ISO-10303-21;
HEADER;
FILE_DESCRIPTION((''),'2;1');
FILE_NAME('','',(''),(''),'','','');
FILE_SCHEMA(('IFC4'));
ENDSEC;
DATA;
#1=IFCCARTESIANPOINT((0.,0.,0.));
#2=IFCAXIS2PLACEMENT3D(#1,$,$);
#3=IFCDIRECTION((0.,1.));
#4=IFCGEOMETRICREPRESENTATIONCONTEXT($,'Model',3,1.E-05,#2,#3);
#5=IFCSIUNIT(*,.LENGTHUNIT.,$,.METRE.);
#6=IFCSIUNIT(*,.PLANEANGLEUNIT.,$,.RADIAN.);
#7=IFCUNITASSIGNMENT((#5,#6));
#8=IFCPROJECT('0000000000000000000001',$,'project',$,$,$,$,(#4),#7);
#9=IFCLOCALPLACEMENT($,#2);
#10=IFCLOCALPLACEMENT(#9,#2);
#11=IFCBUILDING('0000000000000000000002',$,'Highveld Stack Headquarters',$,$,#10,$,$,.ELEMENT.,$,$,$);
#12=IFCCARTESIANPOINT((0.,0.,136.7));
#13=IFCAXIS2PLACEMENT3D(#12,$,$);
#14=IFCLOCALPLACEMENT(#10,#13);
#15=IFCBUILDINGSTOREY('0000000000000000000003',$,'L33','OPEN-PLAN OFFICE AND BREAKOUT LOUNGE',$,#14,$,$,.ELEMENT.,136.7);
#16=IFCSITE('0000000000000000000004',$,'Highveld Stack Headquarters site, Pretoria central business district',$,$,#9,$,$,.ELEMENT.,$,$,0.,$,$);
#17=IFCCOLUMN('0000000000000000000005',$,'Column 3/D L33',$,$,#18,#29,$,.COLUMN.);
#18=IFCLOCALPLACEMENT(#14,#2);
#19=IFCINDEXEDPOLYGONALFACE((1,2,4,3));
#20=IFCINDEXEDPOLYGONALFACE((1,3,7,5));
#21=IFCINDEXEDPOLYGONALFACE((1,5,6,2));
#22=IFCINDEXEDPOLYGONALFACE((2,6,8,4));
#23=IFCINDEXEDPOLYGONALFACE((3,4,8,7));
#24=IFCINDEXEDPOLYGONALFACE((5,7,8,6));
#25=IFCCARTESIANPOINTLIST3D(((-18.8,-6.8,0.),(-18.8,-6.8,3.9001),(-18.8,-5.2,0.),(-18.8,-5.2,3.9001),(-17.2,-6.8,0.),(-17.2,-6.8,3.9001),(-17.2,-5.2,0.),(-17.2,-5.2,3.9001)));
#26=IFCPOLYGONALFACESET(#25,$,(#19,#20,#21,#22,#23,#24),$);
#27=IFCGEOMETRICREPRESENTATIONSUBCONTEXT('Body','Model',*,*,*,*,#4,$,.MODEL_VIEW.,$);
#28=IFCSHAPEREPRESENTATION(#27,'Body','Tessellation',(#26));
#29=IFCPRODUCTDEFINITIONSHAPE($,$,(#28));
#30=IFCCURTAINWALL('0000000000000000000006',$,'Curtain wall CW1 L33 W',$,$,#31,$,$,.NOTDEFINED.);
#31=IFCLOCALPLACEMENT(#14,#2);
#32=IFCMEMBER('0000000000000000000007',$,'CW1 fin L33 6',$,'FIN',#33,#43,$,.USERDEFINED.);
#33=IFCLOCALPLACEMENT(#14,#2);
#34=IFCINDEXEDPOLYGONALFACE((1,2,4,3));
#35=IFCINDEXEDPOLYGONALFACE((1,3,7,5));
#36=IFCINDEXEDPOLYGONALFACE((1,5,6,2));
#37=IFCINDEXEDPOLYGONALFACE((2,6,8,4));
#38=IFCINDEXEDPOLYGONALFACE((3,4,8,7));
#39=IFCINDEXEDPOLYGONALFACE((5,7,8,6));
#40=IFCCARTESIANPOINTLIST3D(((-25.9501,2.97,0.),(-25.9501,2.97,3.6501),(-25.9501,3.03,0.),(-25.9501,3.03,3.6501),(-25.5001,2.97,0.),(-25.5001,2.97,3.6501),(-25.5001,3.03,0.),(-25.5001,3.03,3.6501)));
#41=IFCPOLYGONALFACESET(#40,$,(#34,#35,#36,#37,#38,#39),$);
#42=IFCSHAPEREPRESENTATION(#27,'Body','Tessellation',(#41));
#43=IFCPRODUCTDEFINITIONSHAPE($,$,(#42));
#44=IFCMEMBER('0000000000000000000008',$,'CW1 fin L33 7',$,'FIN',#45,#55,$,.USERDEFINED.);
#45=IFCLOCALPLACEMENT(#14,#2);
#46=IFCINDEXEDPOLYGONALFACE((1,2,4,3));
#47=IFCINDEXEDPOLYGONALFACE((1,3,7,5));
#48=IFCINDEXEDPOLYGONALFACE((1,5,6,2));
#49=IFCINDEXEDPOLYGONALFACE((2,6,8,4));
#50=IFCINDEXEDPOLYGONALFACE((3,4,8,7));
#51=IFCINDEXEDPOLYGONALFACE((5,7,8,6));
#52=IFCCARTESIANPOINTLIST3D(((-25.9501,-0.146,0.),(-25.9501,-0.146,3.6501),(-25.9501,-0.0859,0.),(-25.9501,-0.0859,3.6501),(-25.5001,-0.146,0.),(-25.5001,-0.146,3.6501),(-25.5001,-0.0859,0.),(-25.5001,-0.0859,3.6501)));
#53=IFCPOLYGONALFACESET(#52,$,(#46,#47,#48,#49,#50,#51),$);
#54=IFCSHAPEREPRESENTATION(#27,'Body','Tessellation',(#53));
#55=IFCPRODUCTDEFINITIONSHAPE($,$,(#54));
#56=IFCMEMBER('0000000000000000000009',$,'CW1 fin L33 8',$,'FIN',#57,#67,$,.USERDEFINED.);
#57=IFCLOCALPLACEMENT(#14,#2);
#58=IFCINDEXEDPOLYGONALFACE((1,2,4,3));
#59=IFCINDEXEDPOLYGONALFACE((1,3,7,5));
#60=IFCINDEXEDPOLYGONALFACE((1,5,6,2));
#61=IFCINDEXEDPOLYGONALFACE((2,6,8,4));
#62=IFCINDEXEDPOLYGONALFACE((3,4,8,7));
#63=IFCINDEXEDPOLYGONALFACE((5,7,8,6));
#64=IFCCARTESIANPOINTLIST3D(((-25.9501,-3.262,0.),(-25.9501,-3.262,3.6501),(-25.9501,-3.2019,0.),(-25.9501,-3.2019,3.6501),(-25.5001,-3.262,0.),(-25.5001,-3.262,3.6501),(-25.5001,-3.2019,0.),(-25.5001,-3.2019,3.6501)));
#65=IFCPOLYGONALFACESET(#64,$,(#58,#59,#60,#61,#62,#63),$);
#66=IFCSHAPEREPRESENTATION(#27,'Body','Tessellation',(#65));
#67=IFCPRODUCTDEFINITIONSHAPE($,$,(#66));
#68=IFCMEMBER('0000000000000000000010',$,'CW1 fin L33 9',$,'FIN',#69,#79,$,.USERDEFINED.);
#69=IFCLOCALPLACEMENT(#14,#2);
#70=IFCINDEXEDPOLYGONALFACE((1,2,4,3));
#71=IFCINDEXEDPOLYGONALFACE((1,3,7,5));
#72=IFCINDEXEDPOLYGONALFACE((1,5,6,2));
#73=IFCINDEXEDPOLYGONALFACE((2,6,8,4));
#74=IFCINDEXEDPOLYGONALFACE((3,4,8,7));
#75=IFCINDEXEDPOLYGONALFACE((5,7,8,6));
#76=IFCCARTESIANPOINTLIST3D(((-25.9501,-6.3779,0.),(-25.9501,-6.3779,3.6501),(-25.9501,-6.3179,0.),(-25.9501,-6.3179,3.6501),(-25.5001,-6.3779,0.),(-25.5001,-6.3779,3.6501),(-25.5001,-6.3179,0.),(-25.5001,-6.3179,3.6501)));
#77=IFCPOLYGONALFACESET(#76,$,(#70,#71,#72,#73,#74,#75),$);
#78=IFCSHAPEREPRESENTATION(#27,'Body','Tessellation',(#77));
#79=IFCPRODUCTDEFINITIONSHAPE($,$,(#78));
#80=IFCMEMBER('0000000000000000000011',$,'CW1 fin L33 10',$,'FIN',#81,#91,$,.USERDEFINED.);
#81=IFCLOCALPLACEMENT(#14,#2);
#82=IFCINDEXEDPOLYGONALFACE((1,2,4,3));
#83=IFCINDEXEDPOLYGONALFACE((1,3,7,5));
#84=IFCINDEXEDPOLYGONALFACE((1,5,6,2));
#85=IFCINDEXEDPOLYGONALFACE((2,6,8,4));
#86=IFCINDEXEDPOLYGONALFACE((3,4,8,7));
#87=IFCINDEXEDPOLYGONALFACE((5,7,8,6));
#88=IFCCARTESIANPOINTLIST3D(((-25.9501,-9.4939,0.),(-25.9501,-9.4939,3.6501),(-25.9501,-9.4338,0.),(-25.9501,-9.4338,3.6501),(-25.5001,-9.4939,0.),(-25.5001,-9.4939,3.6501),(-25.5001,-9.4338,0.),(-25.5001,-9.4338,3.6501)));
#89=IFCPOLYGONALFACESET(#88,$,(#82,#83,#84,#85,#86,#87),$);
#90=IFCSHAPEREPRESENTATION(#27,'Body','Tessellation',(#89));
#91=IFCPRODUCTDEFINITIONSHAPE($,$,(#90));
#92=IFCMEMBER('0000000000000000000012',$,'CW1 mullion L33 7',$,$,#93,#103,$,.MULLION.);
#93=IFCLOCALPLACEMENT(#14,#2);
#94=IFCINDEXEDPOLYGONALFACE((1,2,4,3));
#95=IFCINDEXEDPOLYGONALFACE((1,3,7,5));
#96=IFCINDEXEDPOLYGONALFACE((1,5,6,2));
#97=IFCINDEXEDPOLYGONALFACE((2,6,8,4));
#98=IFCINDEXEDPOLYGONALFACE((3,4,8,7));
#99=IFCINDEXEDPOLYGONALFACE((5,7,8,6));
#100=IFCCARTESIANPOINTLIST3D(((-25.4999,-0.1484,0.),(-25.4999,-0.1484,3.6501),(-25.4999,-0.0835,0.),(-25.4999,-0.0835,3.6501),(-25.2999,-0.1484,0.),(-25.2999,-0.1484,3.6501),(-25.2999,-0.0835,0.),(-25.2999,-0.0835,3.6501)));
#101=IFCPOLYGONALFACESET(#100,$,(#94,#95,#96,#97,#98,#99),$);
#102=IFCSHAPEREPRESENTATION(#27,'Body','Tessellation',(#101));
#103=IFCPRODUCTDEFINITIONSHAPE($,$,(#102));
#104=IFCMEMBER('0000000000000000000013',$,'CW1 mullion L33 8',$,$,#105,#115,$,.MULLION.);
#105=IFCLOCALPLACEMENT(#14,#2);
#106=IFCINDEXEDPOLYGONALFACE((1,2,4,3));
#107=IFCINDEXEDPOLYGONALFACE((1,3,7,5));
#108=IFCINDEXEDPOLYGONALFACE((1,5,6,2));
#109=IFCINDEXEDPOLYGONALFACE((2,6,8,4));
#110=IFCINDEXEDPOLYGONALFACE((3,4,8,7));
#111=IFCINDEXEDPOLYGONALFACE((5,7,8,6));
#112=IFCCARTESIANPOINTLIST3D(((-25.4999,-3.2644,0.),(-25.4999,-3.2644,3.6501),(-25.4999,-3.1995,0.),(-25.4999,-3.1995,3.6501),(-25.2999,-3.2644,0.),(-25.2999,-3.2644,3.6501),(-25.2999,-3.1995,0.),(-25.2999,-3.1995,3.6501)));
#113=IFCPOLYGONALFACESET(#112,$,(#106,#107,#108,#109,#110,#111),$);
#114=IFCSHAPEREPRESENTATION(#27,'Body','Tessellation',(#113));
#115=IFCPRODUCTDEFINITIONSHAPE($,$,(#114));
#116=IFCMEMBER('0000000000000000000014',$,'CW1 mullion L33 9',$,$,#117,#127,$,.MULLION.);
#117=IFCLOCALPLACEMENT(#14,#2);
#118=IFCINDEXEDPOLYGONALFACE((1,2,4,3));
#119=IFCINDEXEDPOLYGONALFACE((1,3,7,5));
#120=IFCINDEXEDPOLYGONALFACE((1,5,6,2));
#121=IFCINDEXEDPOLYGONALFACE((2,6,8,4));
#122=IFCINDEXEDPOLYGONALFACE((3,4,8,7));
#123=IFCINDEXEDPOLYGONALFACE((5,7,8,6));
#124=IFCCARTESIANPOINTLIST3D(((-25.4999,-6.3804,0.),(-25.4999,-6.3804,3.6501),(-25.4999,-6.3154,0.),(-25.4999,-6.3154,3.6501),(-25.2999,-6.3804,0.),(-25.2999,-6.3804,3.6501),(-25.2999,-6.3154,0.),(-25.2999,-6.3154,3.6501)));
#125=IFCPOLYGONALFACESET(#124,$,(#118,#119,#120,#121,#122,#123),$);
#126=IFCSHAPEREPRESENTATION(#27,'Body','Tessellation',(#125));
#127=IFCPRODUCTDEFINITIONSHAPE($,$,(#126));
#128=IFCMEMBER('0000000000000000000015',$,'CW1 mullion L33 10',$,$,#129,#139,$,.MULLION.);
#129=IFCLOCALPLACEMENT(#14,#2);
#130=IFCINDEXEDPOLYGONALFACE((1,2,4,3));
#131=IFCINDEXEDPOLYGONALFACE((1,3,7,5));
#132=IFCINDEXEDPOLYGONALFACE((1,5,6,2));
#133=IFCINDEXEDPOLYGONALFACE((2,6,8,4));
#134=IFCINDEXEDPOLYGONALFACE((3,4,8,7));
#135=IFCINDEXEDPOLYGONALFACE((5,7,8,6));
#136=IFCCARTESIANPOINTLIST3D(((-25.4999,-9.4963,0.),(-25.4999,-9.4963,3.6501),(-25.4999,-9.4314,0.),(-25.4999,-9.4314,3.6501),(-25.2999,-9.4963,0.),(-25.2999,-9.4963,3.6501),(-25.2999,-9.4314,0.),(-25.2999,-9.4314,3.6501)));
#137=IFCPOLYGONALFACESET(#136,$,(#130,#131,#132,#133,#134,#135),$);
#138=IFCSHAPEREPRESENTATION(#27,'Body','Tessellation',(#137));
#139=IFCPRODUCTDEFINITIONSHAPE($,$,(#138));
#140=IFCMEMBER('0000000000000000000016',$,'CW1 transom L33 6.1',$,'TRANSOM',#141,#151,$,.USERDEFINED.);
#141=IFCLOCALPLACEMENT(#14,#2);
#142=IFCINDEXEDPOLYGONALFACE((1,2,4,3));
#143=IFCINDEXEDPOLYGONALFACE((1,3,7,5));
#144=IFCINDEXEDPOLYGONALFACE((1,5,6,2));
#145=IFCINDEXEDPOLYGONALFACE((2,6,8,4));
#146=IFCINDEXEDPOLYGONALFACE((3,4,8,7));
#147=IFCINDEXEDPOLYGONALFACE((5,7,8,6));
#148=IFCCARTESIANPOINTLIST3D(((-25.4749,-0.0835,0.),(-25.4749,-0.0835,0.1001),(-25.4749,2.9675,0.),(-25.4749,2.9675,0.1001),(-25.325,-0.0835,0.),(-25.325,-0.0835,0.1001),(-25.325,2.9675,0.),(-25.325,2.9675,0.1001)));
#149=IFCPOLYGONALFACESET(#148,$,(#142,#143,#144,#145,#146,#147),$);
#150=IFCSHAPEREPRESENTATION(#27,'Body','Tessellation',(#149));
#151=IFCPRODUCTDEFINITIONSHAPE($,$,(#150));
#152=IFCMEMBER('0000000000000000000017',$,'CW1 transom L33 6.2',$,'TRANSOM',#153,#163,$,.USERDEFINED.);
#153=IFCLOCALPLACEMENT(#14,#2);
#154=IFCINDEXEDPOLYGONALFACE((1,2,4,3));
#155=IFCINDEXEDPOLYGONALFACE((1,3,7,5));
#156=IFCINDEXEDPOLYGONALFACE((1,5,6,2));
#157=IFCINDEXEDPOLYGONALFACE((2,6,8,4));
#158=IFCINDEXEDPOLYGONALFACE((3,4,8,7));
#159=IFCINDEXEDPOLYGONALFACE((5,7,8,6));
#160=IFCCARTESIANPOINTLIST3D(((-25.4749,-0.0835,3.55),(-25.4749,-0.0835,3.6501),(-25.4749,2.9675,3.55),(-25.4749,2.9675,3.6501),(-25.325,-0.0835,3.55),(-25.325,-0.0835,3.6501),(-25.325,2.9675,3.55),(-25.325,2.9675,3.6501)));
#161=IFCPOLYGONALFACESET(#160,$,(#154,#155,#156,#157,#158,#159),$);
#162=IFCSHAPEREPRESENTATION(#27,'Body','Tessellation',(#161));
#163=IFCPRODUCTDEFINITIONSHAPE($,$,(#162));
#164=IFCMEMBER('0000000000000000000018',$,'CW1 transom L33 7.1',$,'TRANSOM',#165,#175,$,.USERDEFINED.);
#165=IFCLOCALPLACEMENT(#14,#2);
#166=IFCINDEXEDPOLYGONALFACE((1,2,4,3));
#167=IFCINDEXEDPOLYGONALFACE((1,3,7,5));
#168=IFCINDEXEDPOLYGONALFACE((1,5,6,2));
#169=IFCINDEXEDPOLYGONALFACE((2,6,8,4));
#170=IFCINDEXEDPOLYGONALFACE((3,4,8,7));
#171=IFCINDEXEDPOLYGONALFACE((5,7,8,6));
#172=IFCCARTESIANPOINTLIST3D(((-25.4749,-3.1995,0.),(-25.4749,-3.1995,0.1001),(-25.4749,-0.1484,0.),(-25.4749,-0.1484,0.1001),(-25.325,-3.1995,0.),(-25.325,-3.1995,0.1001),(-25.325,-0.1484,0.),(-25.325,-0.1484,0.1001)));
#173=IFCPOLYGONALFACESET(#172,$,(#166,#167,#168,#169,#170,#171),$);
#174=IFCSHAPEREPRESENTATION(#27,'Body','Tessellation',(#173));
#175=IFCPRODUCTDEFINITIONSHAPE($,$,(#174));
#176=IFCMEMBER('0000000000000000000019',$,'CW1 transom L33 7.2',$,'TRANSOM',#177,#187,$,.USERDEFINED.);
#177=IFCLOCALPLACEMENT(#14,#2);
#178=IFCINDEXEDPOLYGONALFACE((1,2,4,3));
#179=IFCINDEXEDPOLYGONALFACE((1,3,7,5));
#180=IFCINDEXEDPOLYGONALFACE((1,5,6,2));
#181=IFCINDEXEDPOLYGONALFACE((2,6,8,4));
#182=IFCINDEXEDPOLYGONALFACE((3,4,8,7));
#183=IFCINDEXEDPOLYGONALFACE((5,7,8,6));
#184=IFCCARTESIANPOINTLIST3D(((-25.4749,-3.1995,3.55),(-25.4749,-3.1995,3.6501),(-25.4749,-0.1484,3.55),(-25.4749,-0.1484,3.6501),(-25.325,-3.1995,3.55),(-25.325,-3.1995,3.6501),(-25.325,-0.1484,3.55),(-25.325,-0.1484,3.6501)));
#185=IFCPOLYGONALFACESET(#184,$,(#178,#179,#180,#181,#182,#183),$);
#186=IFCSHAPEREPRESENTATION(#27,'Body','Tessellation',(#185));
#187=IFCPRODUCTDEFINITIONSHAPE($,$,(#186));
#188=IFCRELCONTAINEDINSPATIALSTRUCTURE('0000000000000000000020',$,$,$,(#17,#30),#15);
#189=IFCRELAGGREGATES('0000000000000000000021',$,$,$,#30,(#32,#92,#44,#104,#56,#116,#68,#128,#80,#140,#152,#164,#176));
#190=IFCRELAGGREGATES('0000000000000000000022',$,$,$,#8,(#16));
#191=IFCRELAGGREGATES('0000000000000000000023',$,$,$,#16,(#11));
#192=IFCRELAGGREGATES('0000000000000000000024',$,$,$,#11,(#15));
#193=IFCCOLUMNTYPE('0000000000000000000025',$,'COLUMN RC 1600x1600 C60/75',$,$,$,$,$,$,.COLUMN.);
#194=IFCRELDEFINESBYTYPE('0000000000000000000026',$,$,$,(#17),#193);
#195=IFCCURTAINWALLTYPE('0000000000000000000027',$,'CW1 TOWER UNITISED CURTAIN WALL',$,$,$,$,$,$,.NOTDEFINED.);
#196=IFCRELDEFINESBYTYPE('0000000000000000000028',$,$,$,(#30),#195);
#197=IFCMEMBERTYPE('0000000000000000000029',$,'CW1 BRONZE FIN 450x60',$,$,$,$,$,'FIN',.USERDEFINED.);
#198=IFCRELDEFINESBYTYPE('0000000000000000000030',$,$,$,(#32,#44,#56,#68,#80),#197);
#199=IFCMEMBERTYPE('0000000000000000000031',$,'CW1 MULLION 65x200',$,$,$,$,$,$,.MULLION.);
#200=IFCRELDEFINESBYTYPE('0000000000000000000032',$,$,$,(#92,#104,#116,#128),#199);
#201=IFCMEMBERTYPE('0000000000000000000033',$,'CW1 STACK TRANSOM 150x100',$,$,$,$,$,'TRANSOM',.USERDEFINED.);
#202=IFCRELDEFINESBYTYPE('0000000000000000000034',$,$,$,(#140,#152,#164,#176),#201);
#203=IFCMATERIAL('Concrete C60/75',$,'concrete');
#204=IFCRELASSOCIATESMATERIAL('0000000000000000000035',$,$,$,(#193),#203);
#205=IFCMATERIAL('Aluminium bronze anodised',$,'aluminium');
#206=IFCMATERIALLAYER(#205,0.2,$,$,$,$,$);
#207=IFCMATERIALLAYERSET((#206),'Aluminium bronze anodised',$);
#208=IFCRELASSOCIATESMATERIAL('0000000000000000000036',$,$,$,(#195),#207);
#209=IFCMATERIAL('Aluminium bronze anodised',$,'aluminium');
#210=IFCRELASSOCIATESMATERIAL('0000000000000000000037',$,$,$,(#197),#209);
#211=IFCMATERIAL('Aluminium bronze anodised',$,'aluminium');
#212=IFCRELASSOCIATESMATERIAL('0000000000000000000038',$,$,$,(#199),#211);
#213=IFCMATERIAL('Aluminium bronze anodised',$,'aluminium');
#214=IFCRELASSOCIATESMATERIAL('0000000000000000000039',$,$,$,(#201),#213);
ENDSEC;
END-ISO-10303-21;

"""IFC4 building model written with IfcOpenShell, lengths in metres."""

from ifc_helpers import new_model, si_unit, direction, frame, origin, origin_2d, place, context, subcontext, project, spatial, rectangle, extrude, material, layer, layer_set, material_profile, profile_set, type_object, element, aggregate, save


model = new_model("IFC4")

# Units and contexts
model_context = context("Model", 3, precision=1e-05, world=origin(), true_north=direction((0.0, 1.0)))
body_context = subcontext(model_context, "Body", "Model", "MODEL_VIEW")
ifc_project = project(units=[si_unit("LENGTHUNIT", "METRE"), si_unit("PLANEANGLEUNIT", "RADIAN")], contexts=[model_context])

# Site, building, storey
site_placement = place(None, origin())
site = spatial("IfcSite", under=ifc_project, at=site_placement, Name="Highveld Stack Headquarters site, Pretoria central business district", CompositionType="ELEMENT", RefElevation=0.0)
building_placement = place(site_placement, origin())
building = spatial("IfcBuilding", under=site, at=building_placement, Name="Highveld Stack Headquarters", CompositionType="ELEMENT")
storey_placement = place(building_placement, frame((0.0, 0.0, 136.7)))
storey = spatial("IfcBuildingStorey", under=building, at=storey_placement, Name="L33", Description="OPEN-PLAN OFFICE AND BREAKOUT LOUNGE", CompositionType="ELEMENT", Elevation=136.7)

# Column
ifc_material_1 = material(Name="Concrete C60/75", Category="concrete")
ifc_material_profile_1 = material_profile(ifc_material_1, rectangle(XDim=1.6001, YDim=1.6001, at=origin_2d()), Name="RC 1600x1600")
ifc_profile_set_1 = profile_set([ifc_material_profile_1], Name="Concrete C60/75")
column_type = type_object("IfcColumnType", Name="COLUMN RC 1600x1600 C60/75", PredefinedType="COLUMN", material=ifc_profile_set_1)
column_placement = place(storey_placement, frame((-18.0, -6.0, 0.0), z_axis=(0.0, 0.0, 1.0), x_axis=(1.0, 0.0, 0.0)))
element("IfcColumn", 1, at=column_placement, inside=storey, type_object=column_type, Name="Column 3/D L33", PredefinedType="COLUMN", context=body_context, shape_type="SweptSolid", body=[
    extrude(rectangle(XDim=1.6001, YDim=1.6001, at=origin_2d()), origin(), (0.0, 0.0, 1.0), 3.9001),
])

# Curtain wall, members
ifc_material_2 = material(Name="Aluminium bronze anodised", Category="aluminium")
ifc_layer_1 = layer(ifc_material_2, 0.2)
ifc_layer_set_1 = layer_set([ifc_layer_1], Name="Aluminium bronze anodised")
curtain_wall_type = type_object("IfcCurtainWallType", Name="CW1 TOWER UNITISED CURTAIN WALL", PredefinedType="NOTDEFINED", material=ifc_layer_set_1)
curtain_wall_placement = place(storey_placement, origin())
curtain_wall = element("IfcCurtainWall", 2, at=curtain_wall_placement, inside=storey, type_object=curtain_wall_type, Name="Curtain wall CW1 L33 W", PredefinedType="NOTDEFINED")
ifc_material_3 = material(Name="Aluminium bronze anodised", Category="aluminium")
ifc_material_profile_2 = material_profile(ifc_material_3, rectangle(XDim=0.45, YDim=0.0601, at=origin_2d()), Name="FIN 450x60")
ifc_profile_set_2 = profile_set([ifc_material_profile_2], Name="Aluminium bronze anodised")
member_type_1 = type_object("IfcMemberType", Name="CW1 BRONZE FIN 450x60", ElementType="FIN", PredefinedType="USERDEFINED", material=ifc_profile_set_2)
member_1_placement = place(storey_placement, frame((-25.7251, 3.0, 0.0), z_axis=(0.0, 0.0, 1.0), x_axis=(1.0, 0.0, 0.0)))
member_1 = element("IfcMember", 3, at=member_1_placement, type_object=member_type_1, Name="CW1 fin L33 6", ObjectType="FIN", PredefinedType="USERDEFINED", context=body_context, shape_type="SweptSolid", body=[
    extrude(rectangle(XDim=0.45, YDim=0.0601, at=origin_2d()), origin(), (0.0, 0.0, 1.0), 3.6501),
])
member_2_placement = place(storey_placement, frame((-25.7251, -0.116, 0.0), z_axis=(0.0, 0.0, 1.0), x_axis=(1.0, 0.0, 0.0)))
member_2 = element("IfcMember", 4, at=member_2_placement, type_object=member_type_1, Name="CW1 fin L33 7", ObjectType="FIN", PredefinedType="USERDEFINED", context=body_context, shape_type="SweptSolid", body=[
    extrude(rectangle(XDim=0.45, YDim=0.0601, at=origin_2d()), origin(), (0.0, 0.0, 1.0), 3.6501),
])
member_3_placement = place(storey_placement, frame((-25.7251, -3.2319, 0.0), z_axis=(0.0, 0.0, 1.0), x_axis=(1.0, 0.0, 0.0)))
member_3 = element("IfcMember", 5, at=member_3_placement, type_object=member_type_1, Name="CW1 fin L33 8", ObjectType="FIN", PredefinedType="USERDEFINED", context=body_context, shape_type="SweptSolid", body=[
    extrude(rectangle(XDim=0.45, YDim=0.0601, at=origin_2d()), origin(), (0.0, 0.0, 1.0), 3.6501),
])
member_4_placement = place(storey_placement, frame((-25.7251, -6.3479, 0.0), z_axis=(0.0, 0.0, 1.0), x_axis=(1.0, 0.0, 0.0)))
member_4 = element("IfcMember", 6, at=member_4_placement, type_object=member_type_1, Name="CW1 fin L33 9", ObjectType="FIN", PredefinedType="USERDEFINED", context=body_context, shape_type="SweptSolid", body=[
    extrude(rectangle(XDim=0.45, YDim=0.0601, at=origin_2d()), origin(), (0.0, 0.0, 1.0), 3.6501),
])
member_5_placement = place(storey_placement, frame((-25.7251, -9.4639, 0.0), z_axis=(0.0, 0.0, 1.0), x_axis=(1.0, 0.0, 0.0)))
member_5 = element("IfcMember", 7, at=member_5_placement, type_object=member_type_1, Name="CW1 fin L33 10", ObjectType="FIN", PredefinedType="USERDEFINED", context=body_context, shape_type="SweptSolid", body=[
    extrude(rectangle(XDim=0.45, YDim=0.0601, at=origin_2d()), origin(), (0.0, 0.0, 1.0), 3.6501),
])
ifc_material_4 = material(Name="Aluminium bronze anodised", Category="aluminium")
ifc_material_profile_3 = material_profile(ifc_material_4, rectangle(XDim=0.2, YDim=0.0649, at=origin_2d()), Name="CW1 MULLION 65x200")
ifc_profile_set_3 = profile_set([ifc_material_profile_3], Name="Aluminium bronze anodised")
member_type_2 = type_object("IfcMemberType", Name="CW1 MULLION 65x200", PredefinedType="MULLION", material=ifc_profile_set_3)
member_6_placement = place(storey_placement, frame((-25.3999, -0.116, 0.0), z_axis=(0.0, 0.0, 1.0), x_axis=(1.0, 0.0, 0.0)))
member_6 = element("IfcMember", 8, at=member_6_placement, type_object=member_type_2, Name="CW1 mullion L33 7", PredefinedType="MULLION", context=body_context, shape_type="SweptSolid", body=[
    extrude(rectangle(XDim=0.2, YDim=0.0649, at=origin_2d()), origin(), (0.0, 0.0, 1.0), 3.6501),
])
member_7_placement = place(storey_placement, frame((-25.3999, -3.2319, 0.0), z_axis=(0.0, 0.0, 1.0), x_axis=(1.0, 0.0, 0.0)))
member_7 = element("IfcMember", 9, at=member_7_placement, type_object=member_type_2, Name="CW1 mullion L33 8", PredefinedType="MULLION", context=body_context, shape_type="SweptSolid", body=[
    extrude(rectangle(XDim=0.2, YDim=0.0649, at=origin_2d()), origin(), (0.0, 0.0, 1.0), 3.6501),
])
member_8_placement = place(storey_placement, frame((-25.3999, -6.3479, 0.0), z_axis=(0.0, 0.0, 1.0), x_axis=(1.0, 0.0, 0.0)))
member_8 = element("IfcMember", 10, at=member_8_placement, type_object=member_type_2, Name="CW1 mullion L33 9", PredefinedType="MULLION", context=body_context, shape_type="SweptSolid", body=[
    extrude(rectangle(XDim=0.2, YDim=0.0649, at=origin_2d()), origin(), (0.0, 0.0, 1.0), 3.6501),
])
member_9_placement = place(storey_placement, frame((-25.3999, -9.4639, 0.0), z_axis=(0.0, 0.0, 1.0), x_axis=(1.0, 0.0, 0.0)))
member_9 = element("IfcMember", 11, at=member_9_placement, type_object=member_type_2, Name="CW1 mullion L33 10", PredefinedType="MULLION", context=body_context, shape_type="SweptSolid", body=[
    extrude(rectangle(XDim=0.2, YDim=0.0649, at=origin_2d()), origin(), (0.0, 0.0, 1.0), 3.6501),
])
ifc_material_5 = material(Name="Aluminium bronze anodised", Category="aluminium")
ifc_material_profile_4 = material_profile(ifc_material_5, rectangle(XDim=0.1499, YDim=0.1001, at=origin_2d()), Name="CW1 TRANSOM 150x100")
ifc_profile_set_4 = profile_set([ifc_material_profile_4], Name="Aluminium bronze anodised")
member_type_3 = type_object("IfcMemberType", Name="CW1 STACK TRANSOM 150x100", ElementType="TRANSOM", PredefinedType="USERDEFINED", material=ifc_profile_set_4)
member_10_placement = place(storey_placement, frame((-25.3999, 2.9675, 0.05), z_axis=(0.0, -1.0, 0.0), x_axis=(1.0, 0.0, 0.0)))
member_10 = element("IfcMember", 12, at=member_10_placement, type_object=member_type_3, Name="CW1 transom L33 6.1", ObjectType="TRANSOM", PredefinedType="USERDEFINED", context=body_context, shape_type="SweptSolid", body=[
    extrude(rectangle(XDim=0.1499, YDim=0.1001, at=origin_2d()), origin(), (0.0, 0.0, 1.0), 3.051),
])
member_11_placement = place(storey_placement, frame((-25.3999, 2.9675, 3.6001), z_axis=(0.0, -1.0, 0.0), x_axis=(1.0, 0.0, 0.0)))
member_11 = element("IfcMember", 13, at=member_11_placement, type_object=member_type_3, Name="CW1 transom L33 6.2", ObjectType="TRANSOM", PredefinedType="USERDEFINED", context=body_context, shape_type="SweptSolid", body=[
    extrude(rectangle(XDim=0.1499, YDim=0.1001, at=origin_2d()), origin(), (0.0, 0.0, 1.0), 3.051),
])
member_12_placement = place(storey_placement, frame((-25.3999, -0.1484, 0.05), z_axis=(0.0, -1.0, 0.0), x_axis=(1.0, 0.0, 0.0)))
member_12 = element("IfcMember", 14, at=member_12_placement, type_object=member_type_3, Name="CW1 transom L33 7.1", ObjectType="TRANSOM", PredefinedType="USERDEFINED", context=body_context, shape_type="SweptSolid", body=[
    extrude(rectangle(XDim=0.1499, YDim=0.1001, at=origin_2d()), origin(), (0.0, 0.0, 1.0), 3.051),
])
member_13_placement = place(storey_placement, frame((-25.3999, -0.1484, 3.6001), z_axis=(0.0, -1.0, 0.0), x_axis=(1.0, 0.0, 0.0)))
member_13 = element("IfcMember", 15, at=member_13_placement, type_object=member_type_3, Name="CW1 transom L33 7.2", ObjectType="TRANSOM", PredefinedType="USERDEFINED", context=body_context, shape_type="SweptSolid", body=[
    extrude(rectangle(XDim=0.1499, YDim=0.1001, at=origin_2d()), origin(), (0.0, 0.0, 1.0), 3.051),
])

aggregate(curtain_wall, [member_1, member_6, member_2, member_7, member_3, member_8, member_4, member_9, member_5, member_10, member_11, member_12, member_13])

save(model, "model.ifc")
